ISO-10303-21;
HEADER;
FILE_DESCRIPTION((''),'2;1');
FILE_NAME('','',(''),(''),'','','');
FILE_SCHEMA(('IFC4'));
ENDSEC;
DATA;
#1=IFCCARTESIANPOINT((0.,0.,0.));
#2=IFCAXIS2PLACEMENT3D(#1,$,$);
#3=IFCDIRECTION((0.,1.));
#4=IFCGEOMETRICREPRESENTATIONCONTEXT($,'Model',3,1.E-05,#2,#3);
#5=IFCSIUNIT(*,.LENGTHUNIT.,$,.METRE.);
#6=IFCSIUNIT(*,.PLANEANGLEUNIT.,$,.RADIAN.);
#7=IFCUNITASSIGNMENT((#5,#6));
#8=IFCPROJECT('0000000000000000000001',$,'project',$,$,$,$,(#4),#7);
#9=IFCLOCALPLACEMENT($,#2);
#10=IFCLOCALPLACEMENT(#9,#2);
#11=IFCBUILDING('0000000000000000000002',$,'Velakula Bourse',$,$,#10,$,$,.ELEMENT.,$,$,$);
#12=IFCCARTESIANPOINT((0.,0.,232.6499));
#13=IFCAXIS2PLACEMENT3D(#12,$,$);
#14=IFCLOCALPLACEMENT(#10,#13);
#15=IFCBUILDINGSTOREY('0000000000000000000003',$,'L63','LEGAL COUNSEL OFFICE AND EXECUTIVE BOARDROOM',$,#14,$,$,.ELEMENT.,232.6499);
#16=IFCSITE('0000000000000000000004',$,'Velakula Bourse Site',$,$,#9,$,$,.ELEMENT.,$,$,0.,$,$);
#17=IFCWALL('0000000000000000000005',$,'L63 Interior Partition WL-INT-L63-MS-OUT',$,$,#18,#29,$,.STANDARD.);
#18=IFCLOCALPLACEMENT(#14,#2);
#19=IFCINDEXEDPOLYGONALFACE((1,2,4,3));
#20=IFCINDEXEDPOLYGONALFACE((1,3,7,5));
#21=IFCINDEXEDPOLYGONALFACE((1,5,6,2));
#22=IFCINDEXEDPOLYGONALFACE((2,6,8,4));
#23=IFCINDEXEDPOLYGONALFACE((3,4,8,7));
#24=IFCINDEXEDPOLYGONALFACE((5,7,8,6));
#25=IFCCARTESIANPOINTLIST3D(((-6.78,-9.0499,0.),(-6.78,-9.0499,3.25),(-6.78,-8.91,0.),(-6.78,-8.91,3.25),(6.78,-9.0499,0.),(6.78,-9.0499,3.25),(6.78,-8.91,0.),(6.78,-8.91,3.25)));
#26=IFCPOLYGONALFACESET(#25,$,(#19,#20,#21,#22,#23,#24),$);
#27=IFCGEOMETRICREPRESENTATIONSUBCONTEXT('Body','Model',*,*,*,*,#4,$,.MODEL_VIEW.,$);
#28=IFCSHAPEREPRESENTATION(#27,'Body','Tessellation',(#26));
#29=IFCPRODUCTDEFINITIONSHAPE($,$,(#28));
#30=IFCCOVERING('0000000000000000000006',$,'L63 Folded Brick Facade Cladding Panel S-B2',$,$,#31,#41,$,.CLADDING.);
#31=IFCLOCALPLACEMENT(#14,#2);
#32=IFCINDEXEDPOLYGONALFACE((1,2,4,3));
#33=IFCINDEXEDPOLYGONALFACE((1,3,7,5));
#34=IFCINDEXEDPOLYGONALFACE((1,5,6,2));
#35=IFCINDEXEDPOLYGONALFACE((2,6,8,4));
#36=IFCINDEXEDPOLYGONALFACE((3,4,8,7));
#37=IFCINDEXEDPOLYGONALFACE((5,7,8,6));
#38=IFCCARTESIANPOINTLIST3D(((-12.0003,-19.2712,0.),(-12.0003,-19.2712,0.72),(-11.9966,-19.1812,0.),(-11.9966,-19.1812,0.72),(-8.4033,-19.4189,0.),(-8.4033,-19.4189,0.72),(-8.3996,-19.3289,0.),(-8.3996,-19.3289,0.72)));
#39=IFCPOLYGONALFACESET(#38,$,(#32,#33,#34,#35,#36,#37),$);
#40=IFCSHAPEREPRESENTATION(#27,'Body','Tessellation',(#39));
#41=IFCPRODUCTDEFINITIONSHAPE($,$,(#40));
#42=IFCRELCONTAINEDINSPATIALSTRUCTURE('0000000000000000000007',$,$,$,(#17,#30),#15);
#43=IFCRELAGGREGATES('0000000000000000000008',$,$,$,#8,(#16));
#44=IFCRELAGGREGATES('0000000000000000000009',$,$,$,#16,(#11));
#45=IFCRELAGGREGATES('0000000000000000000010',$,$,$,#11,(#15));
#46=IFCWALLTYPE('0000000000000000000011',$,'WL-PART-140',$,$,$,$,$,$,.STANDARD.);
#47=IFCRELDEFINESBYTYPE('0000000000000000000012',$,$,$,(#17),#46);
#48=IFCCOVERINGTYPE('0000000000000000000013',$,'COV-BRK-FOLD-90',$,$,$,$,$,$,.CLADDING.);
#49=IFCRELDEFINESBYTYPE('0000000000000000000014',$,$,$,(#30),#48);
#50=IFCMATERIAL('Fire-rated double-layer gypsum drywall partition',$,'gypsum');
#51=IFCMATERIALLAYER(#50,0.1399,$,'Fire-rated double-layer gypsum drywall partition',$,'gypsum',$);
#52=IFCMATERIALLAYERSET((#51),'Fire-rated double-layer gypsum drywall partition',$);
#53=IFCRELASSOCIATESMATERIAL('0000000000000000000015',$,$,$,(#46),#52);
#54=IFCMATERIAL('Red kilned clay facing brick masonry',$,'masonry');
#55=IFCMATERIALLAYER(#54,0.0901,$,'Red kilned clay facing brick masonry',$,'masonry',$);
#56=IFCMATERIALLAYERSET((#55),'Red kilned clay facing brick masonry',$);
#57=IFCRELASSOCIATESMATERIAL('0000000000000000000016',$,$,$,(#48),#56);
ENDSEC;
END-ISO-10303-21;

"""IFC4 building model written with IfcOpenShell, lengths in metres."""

from ifc_helpers import new_model, si_unit, direction, frame, frame_2d, origin, origin_2d, place, context, subcontext, project, spatial, rectangle, extrude, material, layer, layer_set, type_object, element, save


model = new_model("IFC4")

# Units and contexts
model_context = context("Model", 3, precision=1e-05, world=origin(), true_north=direction((0.0, 1.0)))
body_context = subcontext(model_context, "Body", "Model", "MODEL_VIEW")
ifc_project = project(units=[si_unit("LENGTHUNIT", "METRE"), si_unit("PLANEANGLEUNIT", "RADIAN")], contexts=[model_context])

# Site, building, storey
site_placement = place(None, origin())
site = spatial("IfcSite", under=ifc_project, at=site_placement, Name="Velakula Bourse Site", CompositionType="ELEMENT", RefElevation=0.0)
building_placement = place(site_placement, origin())
building = spatial("IfcBuilding", under=site, at=building_placement, Name="Velakula Bourse", CompositionType="ELEMENT")
storey_placement = place(building_placement, frame((0.0, 0.0, 232.6499)))
storey = spatial("IfcBuildingStorey", under=building, at=storey_placement, Name="L63", Description="LEGAL COUNSEL OFFICE AND EXECUTIVE BOARDROOM", CompositionType="ELEMENT", Elevation=232.6499)

# Wall
ifc_material_1 = material(Name="Fire-rated double-layer gypsum drywall partition", Category="gypsum")
ifc_layer_1 = layer(ifc_material_1, 0.1399, Name="Fire-rated double-layer gypsum drywall partition", Category="gypsum")
ifc_layer_set_1 = layer_set([ifc_layer_1], Name="Fire-rated double-layer gypsum drywall partition")
wall_type_1 = type_object("IfcWallType", Name="WL-PART-140", PredefinedType="STANDARD", material=ifc_layer_set_1)
wall_1_placement = place(storey_placement, frame((-6.78, -8.98, 0.0), z_axis=(0.0, 0.0, 1.0), x_axis=(1.0, 0.0, 0.0)))
element("IfcWall", 1, at=wall_1_placement, inside=storey, type_object=wall_type_1, Name="L63 Interior Partition WL-INT-L63-MS-OUT", PredefinedType="STANDARD", context=body_context, shape_type="SweptSolid", body=[
    extrude(rectangle(XDim=13.5601, YDim=0.1399, at=frame_2d((6.78, 0.0))), origin(), (0.0, 0.0, 1.0), 3.25),
])

# Covering
ifc_material_2 = material(Name="Red kilned clay facing brick masonry", Category="masonry")
ifc_layer_2 = layer(ifc_material_2, 0.0901, Name="Red kilned clay facing brick masonry", Category="masonry")
ifc_layer_set_2 = layer_set([ifc_layer_2], Name="Red kilned clay facing brick masonry")
covering_type = type_object("IfcCoveringType", Name="COV-BRK-FOLD-90", PredefinedType="CLADDING", material=ifc_layer_set_2)
covering_placement = place(storey_placement, frame((-10.2, -19.3, 0.0), z_axis=(0.0, 0.0, 1.0), x_axis=(0.999159, -0.041004, 0.0)))
element("IfcCovering", 2, at=covering_placement, inside=storey, type_object=covering_type, Name="L63 Folded Brick Facade Cladding Panel S-B2", PredefinedType="CLADDING", context=body_context, shape_type="SweptSolid", body=[
    extrude(rectangle(XDim=3.6001, YDim=0.0901, at=origin_2d()), origin(), (0.0, 0.0, 1.0), 0.72),
])

save(model, "model.ifc")
